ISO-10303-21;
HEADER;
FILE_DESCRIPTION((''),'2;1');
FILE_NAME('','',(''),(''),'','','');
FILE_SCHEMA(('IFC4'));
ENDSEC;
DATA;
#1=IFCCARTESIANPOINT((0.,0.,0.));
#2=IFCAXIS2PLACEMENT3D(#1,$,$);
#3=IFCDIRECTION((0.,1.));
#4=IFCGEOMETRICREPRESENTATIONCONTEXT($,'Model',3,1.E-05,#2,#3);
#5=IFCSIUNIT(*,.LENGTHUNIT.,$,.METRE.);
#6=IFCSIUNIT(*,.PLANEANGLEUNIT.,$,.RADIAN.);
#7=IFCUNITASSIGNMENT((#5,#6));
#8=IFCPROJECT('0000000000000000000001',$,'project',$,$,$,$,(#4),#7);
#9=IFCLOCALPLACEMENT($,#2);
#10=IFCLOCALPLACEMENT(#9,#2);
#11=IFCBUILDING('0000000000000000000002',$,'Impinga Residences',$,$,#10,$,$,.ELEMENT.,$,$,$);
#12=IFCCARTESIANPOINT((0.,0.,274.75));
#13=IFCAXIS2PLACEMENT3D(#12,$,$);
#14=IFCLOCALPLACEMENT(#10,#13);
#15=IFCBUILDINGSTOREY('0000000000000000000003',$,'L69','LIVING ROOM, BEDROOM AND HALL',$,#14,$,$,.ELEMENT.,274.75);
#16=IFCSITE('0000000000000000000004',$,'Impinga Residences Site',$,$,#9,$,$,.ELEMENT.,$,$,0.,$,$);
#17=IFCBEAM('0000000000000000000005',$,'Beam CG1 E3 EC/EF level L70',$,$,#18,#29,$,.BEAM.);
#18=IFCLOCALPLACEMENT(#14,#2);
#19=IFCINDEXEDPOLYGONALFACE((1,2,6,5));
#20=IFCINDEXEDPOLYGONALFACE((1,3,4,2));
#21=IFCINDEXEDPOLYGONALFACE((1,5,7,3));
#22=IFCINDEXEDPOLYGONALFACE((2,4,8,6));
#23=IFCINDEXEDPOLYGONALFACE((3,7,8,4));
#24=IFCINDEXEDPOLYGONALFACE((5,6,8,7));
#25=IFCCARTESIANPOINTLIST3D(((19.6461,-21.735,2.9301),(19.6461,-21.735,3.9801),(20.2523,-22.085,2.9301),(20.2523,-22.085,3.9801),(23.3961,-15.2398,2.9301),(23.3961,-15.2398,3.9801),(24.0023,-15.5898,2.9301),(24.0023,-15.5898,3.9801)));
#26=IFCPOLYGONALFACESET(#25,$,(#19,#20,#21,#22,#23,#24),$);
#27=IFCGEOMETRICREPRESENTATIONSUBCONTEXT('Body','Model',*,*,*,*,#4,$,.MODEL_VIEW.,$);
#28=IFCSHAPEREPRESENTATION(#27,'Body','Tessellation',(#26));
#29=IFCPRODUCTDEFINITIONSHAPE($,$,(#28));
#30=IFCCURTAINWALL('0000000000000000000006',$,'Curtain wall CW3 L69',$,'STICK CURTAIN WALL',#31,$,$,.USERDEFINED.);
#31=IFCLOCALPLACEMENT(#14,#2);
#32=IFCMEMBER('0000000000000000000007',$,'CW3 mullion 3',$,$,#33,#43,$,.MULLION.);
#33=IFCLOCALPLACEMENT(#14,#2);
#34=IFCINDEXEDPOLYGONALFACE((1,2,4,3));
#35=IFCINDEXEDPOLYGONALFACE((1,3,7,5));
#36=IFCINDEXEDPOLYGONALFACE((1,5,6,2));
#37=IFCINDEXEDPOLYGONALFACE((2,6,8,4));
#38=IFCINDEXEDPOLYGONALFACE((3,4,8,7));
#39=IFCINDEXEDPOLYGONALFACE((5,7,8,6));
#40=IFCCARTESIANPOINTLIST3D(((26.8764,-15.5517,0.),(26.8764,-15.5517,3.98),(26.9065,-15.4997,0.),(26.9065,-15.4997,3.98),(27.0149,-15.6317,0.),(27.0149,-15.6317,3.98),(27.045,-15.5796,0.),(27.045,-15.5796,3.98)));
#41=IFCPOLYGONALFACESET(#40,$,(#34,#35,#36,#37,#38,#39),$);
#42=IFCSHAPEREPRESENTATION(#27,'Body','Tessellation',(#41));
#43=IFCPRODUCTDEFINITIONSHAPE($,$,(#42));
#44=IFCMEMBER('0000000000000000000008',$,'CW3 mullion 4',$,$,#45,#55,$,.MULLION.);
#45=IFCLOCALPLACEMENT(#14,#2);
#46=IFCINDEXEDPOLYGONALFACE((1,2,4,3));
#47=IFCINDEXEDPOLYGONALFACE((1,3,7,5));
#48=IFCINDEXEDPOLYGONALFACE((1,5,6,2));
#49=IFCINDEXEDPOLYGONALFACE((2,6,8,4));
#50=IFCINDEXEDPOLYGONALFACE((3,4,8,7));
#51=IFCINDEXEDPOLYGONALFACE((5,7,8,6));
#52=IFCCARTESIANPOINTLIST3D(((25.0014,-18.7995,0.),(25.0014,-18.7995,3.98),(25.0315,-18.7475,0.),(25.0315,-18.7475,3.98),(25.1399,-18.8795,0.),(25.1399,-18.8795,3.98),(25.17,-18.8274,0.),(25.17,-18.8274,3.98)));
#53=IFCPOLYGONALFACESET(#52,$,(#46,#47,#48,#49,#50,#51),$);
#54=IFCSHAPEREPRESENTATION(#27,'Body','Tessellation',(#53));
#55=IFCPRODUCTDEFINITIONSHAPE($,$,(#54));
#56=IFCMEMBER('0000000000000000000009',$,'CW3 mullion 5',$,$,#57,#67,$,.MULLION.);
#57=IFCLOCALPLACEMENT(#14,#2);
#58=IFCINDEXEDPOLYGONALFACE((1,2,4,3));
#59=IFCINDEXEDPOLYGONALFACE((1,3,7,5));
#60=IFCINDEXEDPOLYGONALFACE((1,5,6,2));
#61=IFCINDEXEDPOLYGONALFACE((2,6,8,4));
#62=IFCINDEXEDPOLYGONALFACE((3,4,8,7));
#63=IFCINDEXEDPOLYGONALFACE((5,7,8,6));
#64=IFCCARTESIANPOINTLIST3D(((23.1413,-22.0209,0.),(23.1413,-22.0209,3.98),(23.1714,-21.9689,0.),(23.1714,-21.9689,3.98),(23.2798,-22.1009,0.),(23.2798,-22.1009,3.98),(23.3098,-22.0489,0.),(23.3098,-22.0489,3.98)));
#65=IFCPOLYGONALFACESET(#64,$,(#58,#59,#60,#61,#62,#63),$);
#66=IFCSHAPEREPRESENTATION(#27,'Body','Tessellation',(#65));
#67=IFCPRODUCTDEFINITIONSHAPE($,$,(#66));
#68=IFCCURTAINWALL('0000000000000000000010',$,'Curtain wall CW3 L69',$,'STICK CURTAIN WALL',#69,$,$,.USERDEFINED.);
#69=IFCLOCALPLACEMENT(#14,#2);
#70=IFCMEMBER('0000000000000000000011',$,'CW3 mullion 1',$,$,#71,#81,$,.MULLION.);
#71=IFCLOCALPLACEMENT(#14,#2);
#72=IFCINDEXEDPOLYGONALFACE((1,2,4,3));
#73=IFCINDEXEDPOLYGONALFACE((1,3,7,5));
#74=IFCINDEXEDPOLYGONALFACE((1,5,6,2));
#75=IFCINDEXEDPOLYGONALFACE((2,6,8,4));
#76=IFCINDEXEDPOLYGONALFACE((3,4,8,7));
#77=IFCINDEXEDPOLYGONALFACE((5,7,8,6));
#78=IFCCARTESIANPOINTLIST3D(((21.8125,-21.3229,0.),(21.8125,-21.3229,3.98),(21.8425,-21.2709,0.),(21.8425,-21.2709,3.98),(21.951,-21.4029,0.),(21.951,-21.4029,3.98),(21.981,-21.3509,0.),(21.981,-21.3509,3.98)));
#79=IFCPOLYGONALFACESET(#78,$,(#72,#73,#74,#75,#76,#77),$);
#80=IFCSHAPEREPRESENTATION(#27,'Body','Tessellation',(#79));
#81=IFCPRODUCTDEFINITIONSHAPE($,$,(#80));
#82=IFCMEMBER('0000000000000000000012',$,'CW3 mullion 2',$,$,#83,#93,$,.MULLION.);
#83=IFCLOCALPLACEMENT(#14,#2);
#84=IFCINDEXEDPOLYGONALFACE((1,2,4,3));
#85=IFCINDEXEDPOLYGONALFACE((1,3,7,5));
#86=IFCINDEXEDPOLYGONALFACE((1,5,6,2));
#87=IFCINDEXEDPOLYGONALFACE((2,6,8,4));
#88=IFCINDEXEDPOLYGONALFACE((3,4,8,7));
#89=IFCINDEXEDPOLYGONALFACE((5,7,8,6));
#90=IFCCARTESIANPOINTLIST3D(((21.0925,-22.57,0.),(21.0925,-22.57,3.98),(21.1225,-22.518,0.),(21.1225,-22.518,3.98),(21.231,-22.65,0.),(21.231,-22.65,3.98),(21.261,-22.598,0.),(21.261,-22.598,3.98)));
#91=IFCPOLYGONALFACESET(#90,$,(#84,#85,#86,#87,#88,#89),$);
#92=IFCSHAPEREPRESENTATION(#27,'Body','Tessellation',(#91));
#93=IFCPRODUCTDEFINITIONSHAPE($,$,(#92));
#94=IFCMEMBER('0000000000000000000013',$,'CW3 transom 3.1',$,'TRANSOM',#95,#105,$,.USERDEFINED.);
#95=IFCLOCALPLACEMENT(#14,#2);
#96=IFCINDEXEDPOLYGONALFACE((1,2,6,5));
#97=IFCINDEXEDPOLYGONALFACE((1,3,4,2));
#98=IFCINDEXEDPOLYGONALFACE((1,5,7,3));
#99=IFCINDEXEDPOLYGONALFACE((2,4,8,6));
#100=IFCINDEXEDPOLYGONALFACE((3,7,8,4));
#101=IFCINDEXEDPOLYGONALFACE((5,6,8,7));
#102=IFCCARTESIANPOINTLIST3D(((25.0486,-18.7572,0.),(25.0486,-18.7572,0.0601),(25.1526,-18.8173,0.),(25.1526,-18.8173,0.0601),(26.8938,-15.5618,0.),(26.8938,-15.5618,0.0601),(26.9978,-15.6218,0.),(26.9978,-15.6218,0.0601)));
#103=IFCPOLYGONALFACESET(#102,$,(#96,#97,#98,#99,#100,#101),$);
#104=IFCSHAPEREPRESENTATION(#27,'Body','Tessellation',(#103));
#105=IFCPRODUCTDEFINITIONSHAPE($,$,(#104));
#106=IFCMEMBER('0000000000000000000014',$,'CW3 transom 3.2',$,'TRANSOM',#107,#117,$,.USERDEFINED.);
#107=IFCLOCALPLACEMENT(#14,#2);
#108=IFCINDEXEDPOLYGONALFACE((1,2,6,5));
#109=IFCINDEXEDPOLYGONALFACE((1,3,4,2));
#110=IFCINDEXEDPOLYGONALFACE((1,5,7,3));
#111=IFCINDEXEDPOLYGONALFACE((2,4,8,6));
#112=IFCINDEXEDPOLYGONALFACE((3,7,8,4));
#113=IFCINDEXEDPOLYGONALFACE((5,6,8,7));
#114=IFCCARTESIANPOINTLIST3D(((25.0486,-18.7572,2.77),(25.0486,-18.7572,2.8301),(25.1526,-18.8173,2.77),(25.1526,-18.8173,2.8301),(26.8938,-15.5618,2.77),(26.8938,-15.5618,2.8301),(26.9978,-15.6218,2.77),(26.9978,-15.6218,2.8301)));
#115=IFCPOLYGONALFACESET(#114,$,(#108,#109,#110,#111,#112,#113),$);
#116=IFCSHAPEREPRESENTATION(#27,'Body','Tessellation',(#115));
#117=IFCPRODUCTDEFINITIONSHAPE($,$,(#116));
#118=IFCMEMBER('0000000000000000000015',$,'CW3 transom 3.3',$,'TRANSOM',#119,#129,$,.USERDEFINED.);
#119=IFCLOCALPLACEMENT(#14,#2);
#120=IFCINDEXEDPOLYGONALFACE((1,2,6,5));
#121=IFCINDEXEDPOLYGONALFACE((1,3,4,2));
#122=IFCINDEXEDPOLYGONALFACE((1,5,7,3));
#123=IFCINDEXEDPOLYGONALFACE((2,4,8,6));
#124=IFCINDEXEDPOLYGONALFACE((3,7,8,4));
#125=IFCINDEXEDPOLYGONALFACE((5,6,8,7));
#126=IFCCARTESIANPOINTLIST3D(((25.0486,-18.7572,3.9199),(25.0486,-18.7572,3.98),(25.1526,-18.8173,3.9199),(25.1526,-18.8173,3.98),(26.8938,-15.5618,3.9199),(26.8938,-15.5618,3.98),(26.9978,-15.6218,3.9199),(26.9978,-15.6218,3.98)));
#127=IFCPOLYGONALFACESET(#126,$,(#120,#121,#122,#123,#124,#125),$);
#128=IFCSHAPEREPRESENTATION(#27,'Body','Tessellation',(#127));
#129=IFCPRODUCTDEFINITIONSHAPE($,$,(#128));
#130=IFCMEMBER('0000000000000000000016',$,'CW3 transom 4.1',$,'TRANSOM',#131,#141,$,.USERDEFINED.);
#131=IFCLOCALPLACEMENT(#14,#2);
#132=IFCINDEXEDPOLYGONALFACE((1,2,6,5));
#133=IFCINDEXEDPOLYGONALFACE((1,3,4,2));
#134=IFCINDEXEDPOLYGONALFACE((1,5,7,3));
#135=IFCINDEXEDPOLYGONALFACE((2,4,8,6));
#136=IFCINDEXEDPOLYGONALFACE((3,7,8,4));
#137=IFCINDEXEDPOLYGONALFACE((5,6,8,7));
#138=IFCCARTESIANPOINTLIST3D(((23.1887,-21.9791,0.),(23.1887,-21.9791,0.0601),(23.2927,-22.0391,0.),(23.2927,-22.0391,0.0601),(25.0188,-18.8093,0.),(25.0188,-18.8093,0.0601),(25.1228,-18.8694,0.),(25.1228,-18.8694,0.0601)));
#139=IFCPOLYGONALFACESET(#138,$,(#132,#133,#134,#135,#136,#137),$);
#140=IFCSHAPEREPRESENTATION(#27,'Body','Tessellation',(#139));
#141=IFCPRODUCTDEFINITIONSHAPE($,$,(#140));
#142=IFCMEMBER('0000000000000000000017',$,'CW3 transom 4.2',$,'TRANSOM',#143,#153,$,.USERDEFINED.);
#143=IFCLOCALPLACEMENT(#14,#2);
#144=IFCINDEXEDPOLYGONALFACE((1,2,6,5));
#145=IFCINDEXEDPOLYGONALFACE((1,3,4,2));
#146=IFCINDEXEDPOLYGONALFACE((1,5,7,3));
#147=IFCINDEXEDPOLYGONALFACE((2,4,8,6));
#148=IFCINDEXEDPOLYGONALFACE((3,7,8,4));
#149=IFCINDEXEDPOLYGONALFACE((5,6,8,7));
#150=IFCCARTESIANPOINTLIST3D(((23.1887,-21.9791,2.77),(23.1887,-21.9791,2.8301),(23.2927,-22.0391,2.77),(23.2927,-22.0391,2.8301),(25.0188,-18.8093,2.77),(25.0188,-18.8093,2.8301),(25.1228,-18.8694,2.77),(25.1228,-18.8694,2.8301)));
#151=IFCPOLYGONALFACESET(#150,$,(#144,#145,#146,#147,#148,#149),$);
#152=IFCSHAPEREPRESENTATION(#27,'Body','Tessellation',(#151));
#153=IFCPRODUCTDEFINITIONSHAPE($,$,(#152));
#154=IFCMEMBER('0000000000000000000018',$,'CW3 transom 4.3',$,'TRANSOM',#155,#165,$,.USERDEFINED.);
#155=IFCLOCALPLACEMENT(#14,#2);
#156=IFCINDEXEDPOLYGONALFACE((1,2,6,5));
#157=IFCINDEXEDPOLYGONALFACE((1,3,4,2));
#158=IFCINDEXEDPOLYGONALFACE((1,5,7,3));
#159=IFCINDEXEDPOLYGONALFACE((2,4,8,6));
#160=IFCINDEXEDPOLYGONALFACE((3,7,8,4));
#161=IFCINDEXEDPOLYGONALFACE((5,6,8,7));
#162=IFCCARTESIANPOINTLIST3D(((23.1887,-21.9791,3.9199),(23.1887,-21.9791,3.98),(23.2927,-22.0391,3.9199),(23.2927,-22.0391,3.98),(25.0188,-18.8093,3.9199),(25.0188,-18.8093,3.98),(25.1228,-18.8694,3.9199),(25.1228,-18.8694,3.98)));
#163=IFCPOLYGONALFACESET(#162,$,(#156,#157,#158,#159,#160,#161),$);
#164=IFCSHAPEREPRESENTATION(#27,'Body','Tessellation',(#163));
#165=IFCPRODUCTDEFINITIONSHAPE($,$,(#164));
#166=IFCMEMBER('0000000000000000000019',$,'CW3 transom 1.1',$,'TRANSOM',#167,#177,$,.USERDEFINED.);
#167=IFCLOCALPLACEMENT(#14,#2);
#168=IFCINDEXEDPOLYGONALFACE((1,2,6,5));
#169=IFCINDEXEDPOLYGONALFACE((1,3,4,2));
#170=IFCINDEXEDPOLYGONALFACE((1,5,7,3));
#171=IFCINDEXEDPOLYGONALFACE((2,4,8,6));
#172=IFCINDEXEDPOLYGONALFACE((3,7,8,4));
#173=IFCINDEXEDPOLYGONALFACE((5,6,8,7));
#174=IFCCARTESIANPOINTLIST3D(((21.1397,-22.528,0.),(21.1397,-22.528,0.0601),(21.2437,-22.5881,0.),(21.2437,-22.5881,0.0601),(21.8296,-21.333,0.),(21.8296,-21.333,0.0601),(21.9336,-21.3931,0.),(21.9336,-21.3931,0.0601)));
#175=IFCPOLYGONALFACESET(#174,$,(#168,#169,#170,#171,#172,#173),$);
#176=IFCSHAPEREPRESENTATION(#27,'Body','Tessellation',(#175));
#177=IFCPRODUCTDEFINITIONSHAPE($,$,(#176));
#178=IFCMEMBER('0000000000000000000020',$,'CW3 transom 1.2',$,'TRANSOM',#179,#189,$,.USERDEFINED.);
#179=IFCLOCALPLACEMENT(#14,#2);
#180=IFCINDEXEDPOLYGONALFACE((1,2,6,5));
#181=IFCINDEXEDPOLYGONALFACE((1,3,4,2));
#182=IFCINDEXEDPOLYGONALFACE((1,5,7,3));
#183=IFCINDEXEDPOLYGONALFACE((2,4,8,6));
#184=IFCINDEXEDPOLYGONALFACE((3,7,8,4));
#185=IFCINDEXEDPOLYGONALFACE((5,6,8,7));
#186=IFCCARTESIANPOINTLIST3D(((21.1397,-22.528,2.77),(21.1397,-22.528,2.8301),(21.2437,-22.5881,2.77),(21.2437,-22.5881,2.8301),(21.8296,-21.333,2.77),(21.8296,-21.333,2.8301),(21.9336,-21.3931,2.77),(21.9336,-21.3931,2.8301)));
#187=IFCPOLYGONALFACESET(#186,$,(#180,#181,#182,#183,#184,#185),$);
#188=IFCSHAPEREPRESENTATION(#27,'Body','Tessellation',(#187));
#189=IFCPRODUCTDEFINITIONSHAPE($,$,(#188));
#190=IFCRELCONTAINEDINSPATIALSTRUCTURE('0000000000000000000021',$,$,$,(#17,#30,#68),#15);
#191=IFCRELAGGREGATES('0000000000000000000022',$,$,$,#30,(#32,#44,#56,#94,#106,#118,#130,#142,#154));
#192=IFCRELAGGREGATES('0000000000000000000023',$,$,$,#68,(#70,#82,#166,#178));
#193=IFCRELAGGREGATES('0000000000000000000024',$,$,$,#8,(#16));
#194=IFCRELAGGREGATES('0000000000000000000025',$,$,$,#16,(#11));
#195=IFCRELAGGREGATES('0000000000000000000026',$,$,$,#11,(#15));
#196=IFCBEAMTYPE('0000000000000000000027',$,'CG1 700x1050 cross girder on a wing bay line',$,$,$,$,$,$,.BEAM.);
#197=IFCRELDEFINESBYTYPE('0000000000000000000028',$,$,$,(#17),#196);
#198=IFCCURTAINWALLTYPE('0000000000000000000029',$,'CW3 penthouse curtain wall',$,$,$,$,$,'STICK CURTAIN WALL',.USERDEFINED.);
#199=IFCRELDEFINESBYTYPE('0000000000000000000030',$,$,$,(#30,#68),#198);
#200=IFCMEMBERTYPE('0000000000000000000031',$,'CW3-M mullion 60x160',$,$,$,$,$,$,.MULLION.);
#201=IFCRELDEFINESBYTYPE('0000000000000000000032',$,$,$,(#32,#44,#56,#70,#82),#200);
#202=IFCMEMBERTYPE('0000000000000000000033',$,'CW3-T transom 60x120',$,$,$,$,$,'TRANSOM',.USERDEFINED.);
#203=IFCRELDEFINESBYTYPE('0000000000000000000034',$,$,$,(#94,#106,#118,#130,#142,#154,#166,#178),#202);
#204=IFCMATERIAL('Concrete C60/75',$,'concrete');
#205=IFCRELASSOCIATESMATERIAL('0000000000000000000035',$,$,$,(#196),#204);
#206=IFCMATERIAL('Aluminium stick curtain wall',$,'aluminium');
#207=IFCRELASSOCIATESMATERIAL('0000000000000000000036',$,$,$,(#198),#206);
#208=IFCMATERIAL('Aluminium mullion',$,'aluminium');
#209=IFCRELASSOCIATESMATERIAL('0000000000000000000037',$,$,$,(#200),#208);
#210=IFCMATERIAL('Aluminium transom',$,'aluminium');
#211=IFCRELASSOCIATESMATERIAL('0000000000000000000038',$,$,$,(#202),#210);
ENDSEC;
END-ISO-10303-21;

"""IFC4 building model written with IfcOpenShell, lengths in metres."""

from ifc_helpers import new_model, si_unit, direction, frame, origin, origin_2d, place, context, subcontext, project, spatial, rectangle, extrude, material, material_profile, profile_set, type_object, element, aggregate, save


model = new_model("IFC4")

# Units and contexts
model_context = context("Model", 3, precision=1e-05, world=origin(), true_north=direction((0.0, 1.0)))
body_context = subcontext(model_context, "Body", "Model", "MODEL_VIEW")
ifc_project = project(units=[si_unit("LENGTHUNIT", "METRE"), si_unit("PLANEANGLEUNIT", "RADIAN")], contexts=[model_context])

# Site, building, storey
site_placement = place(None, origin())
site = spatial("IfcSite", under=ifc_project, at=site_placement, Name="Impinga Residences Site", CompositionType="ELEMENT", RefElevation=0.0)
building_placement = place(site_placement, origin())
building = spatial("IfcBuilding", under=site, at=building_placement, Name="Impinga Residences", CompositionType="ELEMENT")
storey_placement = place(building_placement, frame((0.0, 0.0, 274.75)))
storey = spatial("IfcBuildingStorey", under=building, at=storey_placement, Name="L69", Description="LIVING ROOM, BEDROOM AND HALL", CompositionType="ELEMENT", Elevation=274.75)

# Beam
ifc_material_1 = material(Name="Concrete C60/75", Category="concrete")
ifc_material_profile_1 = material_profile(ifc_material_1, rectangle(XDim=0.7, YDim=1.05, at=origin_2d()), Name="RC 700x1050")
ifc_profile_set_1 = profile_set([ifc_material_profile_1], Name="Concrete C60/75")
beam_type_1 = type_object("IfcBeamType", Name="CG1 700x1050 cross girder on a wing bay line", PredefinedType="BEAM", material=ifc_profile_set_1)
beam_1_placement = place(storey_placement, frame((23.6992, -15.4148, 3.4551), z_axis=(-0.500004, -0.866023, 0.0), x_axis=(0.866023, -0.500004, 0.0)))
element("IfcBeam", 1, at=beam_1_placement, inside=storey, type_object=beam_type_1, Name="Beam CG1 E3 EC/EF level L70", PredefinedType="BEAM", context=body_context, shape_type="SweptSolid", body=[
    extrude(rectangle(XDim=0.7, YDim=1.05, at=origin_2d()), origin(), (0.0, 0.0, 1.0), 7.5),
])

# Curtain walls, members
ifc_material_2 = material(Name="Aluminium stick curtain wall", Category="aluminium")
curtain_wall_type = type_object("IfcCurtainWallType", Name="CW3 penthouse curtain wall", ElementType="STICK CURTAIN WALL", PredefinedType="USERDEFINED", material=ifc_material_2)
curtain_wall_1_placement = place(storey_placement, origin())
curtain_wall_1 = element("IfcCurtainWall", 2, at=curtain_wall_1_placement, inside=storey, type_object=curtain_wall_type, Name="Curtain wall CW3 L69", ObjectType="STICK CURTAIN WALL", PredefinedType="USERDEFINED")
ifc_material_3 = material(Name="Aluminium mullion", Category="aluminium")
ifc_material_profile_2 = material_profile(ifc_material_3, rectangle(XDim=0.0601, YDim=0.1599, at=origin_2d()), Name="60x160 mullion")
ifc_profile_set_2 = profile_set([ifc_material_profile_2], Name="Aluminium mullion")
member_type_1 = type_object("IfcMemberType", Name="CW3-M mullion 60x160", PredefinedType="MULLION", material=ifc_profile_set_2)
member_1_placement = place(storey_placement, frame((26.9607, -15.5657, 0.0), z_axis=(0.0, 0.0, 1.0), x_axis=(-0.5, -0.866025, 0.0)))
member_1 = element("IfcMember", 3, at=member_1_placement, type_object=member_type_1, Name="CW3 mullion 3", PredefinedType="MULLION", context=body_context, shape_type="SweptSolid", body=[
    extrude(rectangle(XDim=0.0601, YDim=0.1599, at=origin_2d()), origin(), (0.0, 0.0, 1.0), 3.98),
])
member_2_placement = place(storey_placement, frame((25.0857, -18.8135, 0.0), z_axis=(0.0, 0.0, 1.0), x_axis=(-0.5, -0.866025, 0.0)))
member_2 = element("IfcMember", 4, at=member_2_placement, type_object=member_type_1, Name="CW3 mullion 4", PredefinedType="MULLION", context=body_context, shape_type="SweptSolid", body=[
    extrude(rectangle(XDim=0.0601, YDim=0.1599, at=origin_2d()), origin(), (0.0, 0.0, 1.0), 3.98),
])
member_3_placement = place(storey_placement, frame((23.2256, -22.0349, 0.0), z_axis=(0.0, 0.0, 1.0), x_axis=(-0.5, -0.866025, 0.0)))
member_3 = element("IfcMember", 5, at=member_3_placement, type_object=member_type_1, Name="CW3 mullion 5", PredefinedType="MULLION", context=body_context, shape_type="SweptSolid", body=[
    extrude(rectangle(XDim=0.0601, YDim=0.1599, at=origin_2d()), origin(), (0.0, 0.0, 1.0), 3.98),
])
curtain_wall_2_placement = place(storey_placement, origin())
curtain_wall_2 = element("IfcCurtainWall", 6, at=curtain_wall_2_placement, inside=storey, type_object=curtain_wall_type, Name="Curtain wall CW3 L69", ObjectType="STICK CURTAIN WALL", PredefinedType="USERDEFINED")
member_4_placement = place(storey_placement, frame((21.8967, -21.3369, 0.0), z_axis=(0.0, 0.0, 1.0), x_axis=(-0.5, -0.866025, 0.0)))
member_4 = element("IfcMember", 7, at=member_4_placement, type_object=member_type_1, Name="CW3 mullion 1", PredefinedType="MULLION", context=body_context, shape_type="SweptSolid", body=[
    extrude(rectangle(XDim=0.0601, YDim=0.1599, at=origin_2d()), origin(), (0.0, 0.0, 1.0), 3.98),
])
member_5_placement = place(storey_placement, frame((21.1768, -22.584, 0.0), z_axis=(0.0, 0.0, 1.0), x_axis=(-0.5, -0.866025, 0.0)))
member_5 = element("IfcMember", 8, at=member_5_placement, type_object=member_type_1, Name="CW3 mullion 2", PredefinedType="MULLION", context=body_context, shape_type="SweptSolid", body=[
    extrude(rectangle(XDim=0.0601, YDim=0.1599, at=origin_2d()), origin(), (0.0, 0.0, 1.0), 3.98),
])

# Members
ifc_material_4 = material(Name="Aluminium transom", Category="aluminium")
ifc_material_profile_3 = material_profile(ifc_material_4, rectangle(XDim=0.0601, YDim=0.1201, at=origin_2d()), Name="60x120 transom")
ifc_profile_set_3 = profile_set([ifc_material_profile_3], Name="Aluminium transom")
member_type_2 = type_object("IfcMemberType", Name="CW3-T transom 60x120", ElementType="TRANSOM", PredefinedType="USERDEFINED", material=ifc_profile_set_3)
member_6_placement = place(storey_placement, frame((26.9458, -15.5918, 0.03), z_axis=(-0.500053, -0.865995, 0.0), x_axis=(0.0, 0.0, 1.0)))
member_6 = element("IfcMember", 9, at=member_6_placement, type_object=member_type_2, Name="CW3 transom 3.1", ObjectType="TRANSOM", PredefinedType="USERDEFINED", context=body_context, shape_type="SweptSolid", body=[
    extrude(rectangle(XDim=0.0601, YDim=0.1201, at=origin_2d()), origin(), (0.0, 0.0, 1.0), 3.6899),
])
member_7_placement = place(storey_placement, frame((26.9458, -15.5918, 2.8), z_axis=(-0.500053, -0.865995, 0.0), x_axis=(0.0, 0.0, 1.0)))
member_7 = element("IfcMember", 10, at=member_7_placement, type_object=member_type_2, Name="CW3 transom 3.2", ObjectType="TRANSOM", PredefinedType="USERDEFINED", context=body_context, shape_type="SweptSolid", body=[
    extrude(rectangle(XDim=0.0601, YDim=0.1201, at=origin_2d()), origin(), (0.0, 0.0, 1.0), 3.6899),
])
member_8_placement = place(storey_placement, frame((26.9458, -15.5918, 3.95), z_axis=(-0.500053, -0.865995, 0.0), x_axis=(0.0, 0.0, 1.0)))
member_8 = element("IfcMember", 11, at=member_8_placement, type_object=member_type_2, Name="CW3 transom 3.3", ObjectType="TRANSOM", PredefinedType="USERDEFINED", context=body_context, shape_type="SweptSolid", body=[
    extrude(rectangle(XDim=0.0601, YDim=0.1201, at=origin_2d()), origin(), (0.0, 0.0, 1.0), 3.6899),
])
member_9_placement = place(storey_placement, frame((25.0708, -18.8394, 0.03), z_axis=(-0.500013, -0.866018, 0.0), x_axis=(0.0, 0.0, 1.0)))
member_9 = element("IfcMember", 12, at=member_9_placement, type_object=member_type_2, Name="CW3 transom 4.1", ObjectType="TRANSOM", PredefinedType="USERDEFINED", context=body_context, shape_type="SweptSolid", body=[
    extrude(rectangle(XDim=0.0601, YDim=0.1201, at=origin_2d()), origin(), (0.0, 0.0, 1.0), 3.6602),
])
member_10_placement = place(storey_placement, frame((25.0708, -18.8394, 2.8), z_axis=(-0.500013, -0.866018, 0.0), x_axis=(0.0, 0.0, 1.0)))
member_10 = element("IfcMember", 13, at=member_10_placement, type_object=member_type_2, Name="CW3 transom 4.2", ObjectType="TRANSOM", PredefinedType="USERDEFINED", context=body_context, shape_type="SweptSolid", body=[
    extrude(rectangle(XDim=0.0601, YDim=0.1201, at=origin_2d()), origin(), (0.0, 0.0, 1.0), 3.6602),
])
member_11_placement = place(storey_placement, frame((25.0708, -18.8394, 3.95), z_axis=(-0.500013, -0.866018, 0.0), x_axis=(0.0, 0.0, 1.0)))
member_11 = element("IfcMember", 14, at=member_11_placement, type_object=member_type_2, Name="CW3 transom 4.3", ObjectType="TRANSOM", PredefinedType="USERDEFINED", context=body_context, shape_type="SweptSolid", body=[
    extrude(rectangle(XDim=0.0601, YDim=0.1201, at=origin_2d()), origin(), (0.0, 0.0, 1.0), 3.6602),
])
member_12_placement = place(storey_placement, frame((21.8816, -21.363, 0.03), z_axis=(-0.499983, -0.866035, 0.0), x_axis=(0.0, 0.0, 1.0)))
member_12 = element("IfcMember", 15, at=member_12_placement, type_object=member_type_2, Name="CW3 transom 1.1", ObjectType="TRANSOM", PredefinedType="USERDEFINED", context=body_context, shape_type="SweptSolid", body=[
    extrude(rectangle(XDim=0.0601, YDim=0.1201, at=origin_2d()), origin(), (0.0, 0.0, 1.0), 1.3799),
])
member_13_placement = place(storey_placement, frame((21.8816, -21.363, 2.8), z_axis=(-0.499983, -0.866035, 0.0), x_axis=(0.0, 0.0, 1.0)))
member_13 = element("IfcMember", 16, at=member_13_placement, type_object=member_type_2, Name="CW3 transom 1.2", ObjectType="TRANSOM", PredefinedType="USERDEFINED", context=body_context, shape_type="SweptSolid", body=[
    extrude(rectangle(XDim=0.0601, YDim=0.1201, at=origin_2d()), origin(), (0.0, 0.0, 1.0), 1.3799),
])

aggregate(curtain_wall_1, [member_1, member_2, member_3, member_6, member_7, member_8, member_9, member_10, member_11])
aggregate(curtain_wall_2, [member_4, member_5, member_12, member_13])

save(model, "model.ifc")
